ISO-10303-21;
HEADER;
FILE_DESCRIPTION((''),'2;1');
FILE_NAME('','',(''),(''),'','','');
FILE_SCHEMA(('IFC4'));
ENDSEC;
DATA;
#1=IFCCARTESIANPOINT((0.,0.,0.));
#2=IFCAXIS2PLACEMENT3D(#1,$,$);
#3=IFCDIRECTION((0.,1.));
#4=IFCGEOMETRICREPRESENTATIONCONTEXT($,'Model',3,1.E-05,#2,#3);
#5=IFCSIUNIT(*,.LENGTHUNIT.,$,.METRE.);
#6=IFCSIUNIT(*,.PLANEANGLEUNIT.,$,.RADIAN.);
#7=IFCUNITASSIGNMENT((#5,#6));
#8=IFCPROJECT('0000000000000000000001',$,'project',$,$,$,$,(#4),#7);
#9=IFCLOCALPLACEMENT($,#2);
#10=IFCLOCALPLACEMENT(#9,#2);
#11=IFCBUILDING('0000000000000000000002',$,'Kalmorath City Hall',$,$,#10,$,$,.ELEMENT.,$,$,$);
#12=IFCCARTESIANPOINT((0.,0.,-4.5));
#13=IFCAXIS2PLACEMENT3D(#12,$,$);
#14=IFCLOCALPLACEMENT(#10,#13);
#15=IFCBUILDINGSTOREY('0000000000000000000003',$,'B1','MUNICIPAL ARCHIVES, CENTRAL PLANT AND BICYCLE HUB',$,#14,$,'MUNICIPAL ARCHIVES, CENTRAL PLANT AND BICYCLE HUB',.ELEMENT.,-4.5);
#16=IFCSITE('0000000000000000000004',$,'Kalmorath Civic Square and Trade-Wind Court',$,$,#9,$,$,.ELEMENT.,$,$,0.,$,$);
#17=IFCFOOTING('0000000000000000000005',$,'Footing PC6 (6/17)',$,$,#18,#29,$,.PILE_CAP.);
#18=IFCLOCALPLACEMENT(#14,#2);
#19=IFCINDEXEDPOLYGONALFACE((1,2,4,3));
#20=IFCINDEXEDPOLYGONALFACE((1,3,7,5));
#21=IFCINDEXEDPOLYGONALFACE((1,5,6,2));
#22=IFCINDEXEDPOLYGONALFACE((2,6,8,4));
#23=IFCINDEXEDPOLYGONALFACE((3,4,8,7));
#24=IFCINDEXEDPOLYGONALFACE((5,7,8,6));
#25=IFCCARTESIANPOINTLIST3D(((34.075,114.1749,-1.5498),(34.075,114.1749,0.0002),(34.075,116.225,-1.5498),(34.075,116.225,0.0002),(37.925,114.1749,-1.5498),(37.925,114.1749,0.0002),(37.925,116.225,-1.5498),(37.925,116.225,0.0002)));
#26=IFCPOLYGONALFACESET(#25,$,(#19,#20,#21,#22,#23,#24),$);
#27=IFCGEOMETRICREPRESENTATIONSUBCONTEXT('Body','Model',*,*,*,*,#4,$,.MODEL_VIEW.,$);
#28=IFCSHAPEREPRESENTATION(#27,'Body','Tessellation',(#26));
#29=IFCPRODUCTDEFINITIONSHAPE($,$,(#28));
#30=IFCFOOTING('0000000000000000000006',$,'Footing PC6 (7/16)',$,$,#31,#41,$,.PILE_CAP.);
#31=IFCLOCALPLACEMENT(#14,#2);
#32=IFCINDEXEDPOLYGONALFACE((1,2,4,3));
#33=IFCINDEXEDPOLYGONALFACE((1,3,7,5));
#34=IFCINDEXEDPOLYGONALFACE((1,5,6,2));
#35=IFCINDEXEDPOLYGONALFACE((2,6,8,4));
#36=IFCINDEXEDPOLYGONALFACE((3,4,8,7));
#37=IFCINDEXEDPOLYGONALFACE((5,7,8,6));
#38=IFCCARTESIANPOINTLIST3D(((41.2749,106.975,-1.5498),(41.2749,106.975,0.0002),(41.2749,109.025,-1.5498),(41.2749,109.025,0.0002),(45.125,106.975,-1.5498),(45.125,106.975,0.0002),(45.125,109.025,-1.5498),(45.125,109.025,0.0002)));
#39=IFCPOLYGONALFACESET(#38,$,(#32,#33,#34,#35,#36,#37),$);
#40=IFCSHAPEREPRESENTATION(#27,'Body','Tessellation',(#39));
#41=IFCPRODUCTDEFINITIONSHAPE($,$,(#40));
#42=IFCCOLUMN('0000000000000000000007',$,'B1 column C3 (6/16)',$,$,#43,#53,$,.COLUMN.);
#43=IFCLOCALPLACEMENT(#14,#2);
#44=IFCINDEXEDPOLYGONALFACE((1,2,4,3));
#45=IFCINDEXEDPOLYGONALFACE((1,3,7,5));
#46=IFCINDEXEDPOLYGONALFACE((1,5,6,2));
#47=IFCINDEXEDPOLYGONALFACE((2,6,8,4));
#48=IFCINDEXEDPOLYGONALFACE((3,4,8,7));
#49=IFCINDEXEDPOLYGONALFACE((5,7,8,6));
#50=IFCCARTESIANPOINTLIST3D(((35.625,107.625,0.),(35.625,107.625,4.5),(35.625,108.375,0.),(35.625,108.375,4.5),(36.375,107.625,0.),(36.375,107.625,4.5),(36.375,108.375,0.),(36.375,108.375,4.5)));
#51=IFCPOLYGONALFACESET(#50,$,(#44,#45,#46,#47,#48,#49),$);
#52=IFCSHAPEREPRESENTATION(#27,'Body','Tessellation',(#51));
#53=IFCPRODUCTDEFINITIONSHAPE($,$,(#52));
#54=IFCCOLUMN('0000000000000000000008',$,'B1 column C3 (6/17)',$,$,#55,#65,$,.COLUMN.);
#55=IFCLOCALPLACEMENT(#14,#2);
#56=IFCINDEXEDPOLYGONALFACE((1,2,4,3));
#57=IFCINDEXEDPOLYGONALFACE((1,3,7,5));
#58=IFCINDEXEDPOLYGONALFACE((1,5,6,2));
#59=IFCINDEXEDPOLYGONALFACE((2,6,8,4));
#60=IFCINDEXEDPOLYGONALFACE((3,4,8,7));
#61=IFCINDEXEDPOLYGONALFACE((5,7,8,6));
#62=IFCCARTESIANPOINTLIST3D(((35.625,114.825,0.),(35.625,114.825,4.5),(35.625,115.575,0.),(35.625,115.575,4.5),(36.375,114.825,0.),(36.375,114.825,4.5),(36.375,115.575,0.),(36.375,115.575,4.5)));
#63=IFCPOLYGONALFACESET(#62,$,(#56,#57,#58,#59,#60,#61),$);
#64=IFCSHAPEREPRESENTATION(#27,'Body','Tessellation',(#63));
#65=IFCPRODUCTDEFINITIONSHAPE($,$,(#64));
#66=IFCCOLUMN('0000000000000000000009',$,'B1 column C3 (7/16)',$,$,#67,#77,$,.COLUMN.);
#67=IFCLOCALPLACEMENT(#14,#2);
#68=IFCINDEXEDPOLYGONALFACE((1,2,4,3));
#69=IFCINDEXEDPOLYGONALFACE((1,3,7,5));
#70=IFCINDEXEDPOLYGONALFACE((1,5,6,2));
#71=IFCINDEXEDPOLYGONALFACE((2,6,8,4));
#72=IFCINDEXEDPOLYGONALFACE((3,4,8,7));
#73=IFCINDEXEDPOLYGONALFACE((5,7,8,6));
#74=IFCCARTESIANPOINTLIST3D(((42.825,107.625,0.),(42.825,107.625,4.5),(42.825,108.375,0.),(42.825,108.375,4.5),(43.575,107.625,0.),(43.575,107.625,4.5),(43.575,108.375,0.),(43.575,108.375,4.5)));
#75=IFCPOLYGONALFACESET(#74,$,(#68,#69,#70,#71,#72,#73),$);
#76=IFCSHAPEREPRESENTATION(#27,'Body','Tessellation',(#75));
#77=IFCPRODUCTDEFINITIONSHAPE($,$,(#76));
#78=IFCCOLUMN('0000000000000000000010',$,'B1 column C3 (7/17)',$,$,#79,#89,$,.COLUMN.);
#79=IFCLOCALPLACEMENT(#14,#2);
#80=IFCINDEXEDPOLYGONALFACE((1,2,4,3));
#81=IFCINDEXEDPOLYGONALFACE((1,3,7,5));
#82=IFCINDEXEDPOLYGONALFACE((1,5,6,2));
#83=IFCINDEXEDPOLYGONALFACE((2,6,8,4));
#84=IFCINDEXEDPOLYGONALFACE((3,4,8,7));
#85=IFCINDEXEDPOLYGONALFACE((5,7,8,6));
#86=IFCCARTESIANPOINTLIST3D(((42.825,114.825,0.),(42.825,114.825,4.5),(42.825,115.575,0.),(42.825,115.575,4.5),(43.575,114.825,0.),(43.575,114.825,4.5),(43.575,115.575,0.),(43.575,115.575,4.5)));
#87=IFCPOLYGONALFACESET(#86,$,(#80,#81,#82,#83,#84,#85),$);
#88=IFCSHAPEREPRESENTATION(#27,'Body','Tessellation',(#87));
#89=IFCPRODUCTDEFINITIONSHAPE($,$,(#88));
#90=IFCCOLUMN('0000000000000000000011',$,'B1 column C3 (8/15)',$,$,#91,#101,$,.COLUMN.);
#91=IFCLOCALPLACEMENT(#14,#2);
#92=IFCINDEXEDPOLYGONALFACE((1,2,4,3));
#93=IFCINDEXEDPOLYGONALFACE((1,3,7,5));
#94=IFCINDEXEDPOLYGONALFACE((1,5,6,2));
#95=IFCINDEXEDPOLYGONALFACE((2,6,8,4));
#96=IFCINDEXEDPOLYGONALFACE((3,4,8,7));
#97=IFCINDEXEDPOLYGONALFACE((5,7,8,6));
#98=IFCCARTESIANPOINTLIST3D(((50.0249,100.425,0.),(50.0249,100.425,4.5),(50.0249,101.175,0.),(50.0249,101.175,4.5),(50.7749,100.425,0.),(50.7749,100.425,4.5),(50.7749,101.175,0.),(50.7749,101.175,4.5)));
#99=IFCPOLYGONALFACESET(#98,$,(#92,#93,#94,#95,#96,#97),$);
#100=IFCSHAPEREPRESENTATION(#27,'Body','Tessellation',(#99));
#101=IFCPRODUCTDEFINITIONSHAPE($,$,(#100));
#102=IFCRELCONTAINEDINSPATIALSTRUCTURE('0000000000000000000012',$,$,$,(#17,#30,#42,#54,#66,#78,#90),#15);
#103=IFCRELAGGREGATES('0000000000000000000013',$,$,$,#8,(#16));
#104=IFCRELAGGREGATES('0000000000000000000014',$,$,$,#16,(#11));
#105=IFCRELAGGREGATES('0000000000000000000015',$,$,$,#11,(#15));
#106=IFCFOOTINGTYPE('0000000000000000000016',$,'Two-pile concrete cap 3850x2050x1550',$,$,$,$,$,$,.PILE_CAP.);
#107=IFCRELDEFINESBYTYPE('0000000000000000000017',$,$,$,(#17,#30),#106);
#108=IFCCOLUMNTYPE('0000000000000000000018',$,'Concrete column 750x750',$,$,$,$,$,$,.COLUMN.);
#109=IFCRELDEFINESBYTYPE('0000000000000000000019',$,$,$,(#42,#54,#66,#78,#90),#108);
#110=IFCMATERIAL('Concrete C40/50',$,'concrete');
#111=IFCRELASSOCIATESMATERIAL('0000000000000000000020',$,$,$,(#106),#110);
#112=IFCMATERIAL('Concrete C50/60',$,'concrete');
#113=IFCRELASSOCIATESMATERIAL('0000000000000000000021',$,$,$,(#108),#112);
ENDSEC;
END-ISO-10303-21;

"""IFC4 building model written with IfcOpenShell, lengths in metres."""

from ifc_helpers import new_model, si_unit, direction, frame, origin, origin_2d, place, context, subcontext, project, spatial, rectangle, extrude, material, material_profile, profile_set, type_object, element, save


model = new_model("IFC4")

# Units and contexts
model_context = context("Model", 3, precision=1e-05, world=origin(), true_north=direction((0.0, 1.0)))
body_context = subcontext(model_context, "Body", "Model", "MODEL_VIEW")
ifc_project = project(units=[si_unit("LENGTHUNIT", "METRE"), si_unit("PLANEANGLEUNIT", "RADIAN")], contexts=[model_context])

# Site, building, storey
site_placement = place(None, origin())
site = spatial("IfcSite", under=ifc_project, at=site_placement, Name="Kalmorath Civic Square and Trade-Wind Court", CompositionType="ELEMENT", RefElevation=0.0)
building_placement = place(site_placement, origin())
building = spatial("IfcBuilding", under=site, at=building_placement, Name="Kalmorath City Hall", CompositionType="ELEMENT")
storey_placement = place(building_placement, frame((0.0, 0.0, -4.5)))
storey = spatial("IfcBuildingStorey", under=building, at=storey_placement, Name="B1", Description="MUNICIPAL ARCHIVES, CENTRAL PLANT AND BICYCLE HUB", LongName="MUNICIPAL ARCHIVES, CENTRAL PLANT AND BICYCLE HUB", CompositionType="ELEMENT", Elevation=-4.5)

# Footings
ifc_material_1 = material(Name="Concrete C40/50", Category="concrete")
footing_type_1 = type_object("IfcFootingType", Name="Two-pile concrete cap 3850x2050x1550", PredefinedType="PILE_CAP", material=ifc_material_1)
for number, where, z_axis, x_axis, name in (
    (1, (36.0, 115.2, -1.5498), (0.0, 0.0, 1.0), (1.0, 0.0, 0.0), "Footing PC6 (6/17)"),
    (2, (43.2, 108.0, -1.5498), (0.0, 0.0, 1.0), (1.0, 0.0, 0.0), "Footing PC6 (7/16)"),
):
    element("IfcFooting", number, at=place(storey_placement, frame(where, z_axis=z_axis, x_axis=x_axis)), inside=storey, type_object=footing_type_1, Name=name, PredefinedType="PILE_CAP", context=body_context, shape_type="SweptSolid", body=[
        extrude(rectangle(XDim=3.8501, YDim=2.05, at=origin_2d()), origin(), (0.0, 0.0, 1.0), 1.55),
    ])

# Columns
ifc_material_2 = material(Name="Concrete C50/60", Category="concrete")
ifc_material_profile_1 = material_profile(ifc_material_2, rectangle(XDim=0.75, YDim=0.75, at=origin_2d()), Name="RC-COL-750X750")
ifc_profile_set_1 = profile_set([ifc_material_profile_1], Name="Concrete C50/60")
column_type = type_object("IfcColumnType", Name="Concrete column 750x750", PredefinedType="COLUMN", material=ifc_profile_set_1)
for number, where, z_axis, x_axis, name in (
    (3, (36.0, 108.0, 0.0), (0.0, 0.0, 1.0), (1.0, 0.0, 0.0), "B1 column C3 (6/16)"),
    (4, (36.0, 115.2, 0.0), (0.0, 0.0, 1.0), (1.0, 0.0, 0.0), "B1 column C3 (6/17)"),
    (5, (43.2, 108.0, 0.0), (0.0, 0.0, 1.0), (1.0, 0.0, 0.0), "B1 column C3 (7/16)"),
    (6, (43.2, 115.2, 0.0), (0.0, 0.0, 1.0), (1.0, 0.0, 0.0), "B1 column C3 (7/17)"),
    (7, (50.3999, 100.8, 0.0), (0.0, 0.0, 1.0), (1.0, 0.0, 0.0), "B1 column C3 (8/15)"),
):
    element("IfcColumn", number, at=place(storey_placement, frame(where, z_axis=z_axis, x_axis=x_axis)), inside=storey, type_object=column_type, Name=name, PredefinedType="COLUMN", context=body_context, shape_type="SweptSolid", body=[
        extrude(rectangle(XDim=0.75, YDim=0.75, at=origin_2d()), origin(), (0.0, 0.0, 1.0), 4.5),
    ])

save(model, "model.ifc")
